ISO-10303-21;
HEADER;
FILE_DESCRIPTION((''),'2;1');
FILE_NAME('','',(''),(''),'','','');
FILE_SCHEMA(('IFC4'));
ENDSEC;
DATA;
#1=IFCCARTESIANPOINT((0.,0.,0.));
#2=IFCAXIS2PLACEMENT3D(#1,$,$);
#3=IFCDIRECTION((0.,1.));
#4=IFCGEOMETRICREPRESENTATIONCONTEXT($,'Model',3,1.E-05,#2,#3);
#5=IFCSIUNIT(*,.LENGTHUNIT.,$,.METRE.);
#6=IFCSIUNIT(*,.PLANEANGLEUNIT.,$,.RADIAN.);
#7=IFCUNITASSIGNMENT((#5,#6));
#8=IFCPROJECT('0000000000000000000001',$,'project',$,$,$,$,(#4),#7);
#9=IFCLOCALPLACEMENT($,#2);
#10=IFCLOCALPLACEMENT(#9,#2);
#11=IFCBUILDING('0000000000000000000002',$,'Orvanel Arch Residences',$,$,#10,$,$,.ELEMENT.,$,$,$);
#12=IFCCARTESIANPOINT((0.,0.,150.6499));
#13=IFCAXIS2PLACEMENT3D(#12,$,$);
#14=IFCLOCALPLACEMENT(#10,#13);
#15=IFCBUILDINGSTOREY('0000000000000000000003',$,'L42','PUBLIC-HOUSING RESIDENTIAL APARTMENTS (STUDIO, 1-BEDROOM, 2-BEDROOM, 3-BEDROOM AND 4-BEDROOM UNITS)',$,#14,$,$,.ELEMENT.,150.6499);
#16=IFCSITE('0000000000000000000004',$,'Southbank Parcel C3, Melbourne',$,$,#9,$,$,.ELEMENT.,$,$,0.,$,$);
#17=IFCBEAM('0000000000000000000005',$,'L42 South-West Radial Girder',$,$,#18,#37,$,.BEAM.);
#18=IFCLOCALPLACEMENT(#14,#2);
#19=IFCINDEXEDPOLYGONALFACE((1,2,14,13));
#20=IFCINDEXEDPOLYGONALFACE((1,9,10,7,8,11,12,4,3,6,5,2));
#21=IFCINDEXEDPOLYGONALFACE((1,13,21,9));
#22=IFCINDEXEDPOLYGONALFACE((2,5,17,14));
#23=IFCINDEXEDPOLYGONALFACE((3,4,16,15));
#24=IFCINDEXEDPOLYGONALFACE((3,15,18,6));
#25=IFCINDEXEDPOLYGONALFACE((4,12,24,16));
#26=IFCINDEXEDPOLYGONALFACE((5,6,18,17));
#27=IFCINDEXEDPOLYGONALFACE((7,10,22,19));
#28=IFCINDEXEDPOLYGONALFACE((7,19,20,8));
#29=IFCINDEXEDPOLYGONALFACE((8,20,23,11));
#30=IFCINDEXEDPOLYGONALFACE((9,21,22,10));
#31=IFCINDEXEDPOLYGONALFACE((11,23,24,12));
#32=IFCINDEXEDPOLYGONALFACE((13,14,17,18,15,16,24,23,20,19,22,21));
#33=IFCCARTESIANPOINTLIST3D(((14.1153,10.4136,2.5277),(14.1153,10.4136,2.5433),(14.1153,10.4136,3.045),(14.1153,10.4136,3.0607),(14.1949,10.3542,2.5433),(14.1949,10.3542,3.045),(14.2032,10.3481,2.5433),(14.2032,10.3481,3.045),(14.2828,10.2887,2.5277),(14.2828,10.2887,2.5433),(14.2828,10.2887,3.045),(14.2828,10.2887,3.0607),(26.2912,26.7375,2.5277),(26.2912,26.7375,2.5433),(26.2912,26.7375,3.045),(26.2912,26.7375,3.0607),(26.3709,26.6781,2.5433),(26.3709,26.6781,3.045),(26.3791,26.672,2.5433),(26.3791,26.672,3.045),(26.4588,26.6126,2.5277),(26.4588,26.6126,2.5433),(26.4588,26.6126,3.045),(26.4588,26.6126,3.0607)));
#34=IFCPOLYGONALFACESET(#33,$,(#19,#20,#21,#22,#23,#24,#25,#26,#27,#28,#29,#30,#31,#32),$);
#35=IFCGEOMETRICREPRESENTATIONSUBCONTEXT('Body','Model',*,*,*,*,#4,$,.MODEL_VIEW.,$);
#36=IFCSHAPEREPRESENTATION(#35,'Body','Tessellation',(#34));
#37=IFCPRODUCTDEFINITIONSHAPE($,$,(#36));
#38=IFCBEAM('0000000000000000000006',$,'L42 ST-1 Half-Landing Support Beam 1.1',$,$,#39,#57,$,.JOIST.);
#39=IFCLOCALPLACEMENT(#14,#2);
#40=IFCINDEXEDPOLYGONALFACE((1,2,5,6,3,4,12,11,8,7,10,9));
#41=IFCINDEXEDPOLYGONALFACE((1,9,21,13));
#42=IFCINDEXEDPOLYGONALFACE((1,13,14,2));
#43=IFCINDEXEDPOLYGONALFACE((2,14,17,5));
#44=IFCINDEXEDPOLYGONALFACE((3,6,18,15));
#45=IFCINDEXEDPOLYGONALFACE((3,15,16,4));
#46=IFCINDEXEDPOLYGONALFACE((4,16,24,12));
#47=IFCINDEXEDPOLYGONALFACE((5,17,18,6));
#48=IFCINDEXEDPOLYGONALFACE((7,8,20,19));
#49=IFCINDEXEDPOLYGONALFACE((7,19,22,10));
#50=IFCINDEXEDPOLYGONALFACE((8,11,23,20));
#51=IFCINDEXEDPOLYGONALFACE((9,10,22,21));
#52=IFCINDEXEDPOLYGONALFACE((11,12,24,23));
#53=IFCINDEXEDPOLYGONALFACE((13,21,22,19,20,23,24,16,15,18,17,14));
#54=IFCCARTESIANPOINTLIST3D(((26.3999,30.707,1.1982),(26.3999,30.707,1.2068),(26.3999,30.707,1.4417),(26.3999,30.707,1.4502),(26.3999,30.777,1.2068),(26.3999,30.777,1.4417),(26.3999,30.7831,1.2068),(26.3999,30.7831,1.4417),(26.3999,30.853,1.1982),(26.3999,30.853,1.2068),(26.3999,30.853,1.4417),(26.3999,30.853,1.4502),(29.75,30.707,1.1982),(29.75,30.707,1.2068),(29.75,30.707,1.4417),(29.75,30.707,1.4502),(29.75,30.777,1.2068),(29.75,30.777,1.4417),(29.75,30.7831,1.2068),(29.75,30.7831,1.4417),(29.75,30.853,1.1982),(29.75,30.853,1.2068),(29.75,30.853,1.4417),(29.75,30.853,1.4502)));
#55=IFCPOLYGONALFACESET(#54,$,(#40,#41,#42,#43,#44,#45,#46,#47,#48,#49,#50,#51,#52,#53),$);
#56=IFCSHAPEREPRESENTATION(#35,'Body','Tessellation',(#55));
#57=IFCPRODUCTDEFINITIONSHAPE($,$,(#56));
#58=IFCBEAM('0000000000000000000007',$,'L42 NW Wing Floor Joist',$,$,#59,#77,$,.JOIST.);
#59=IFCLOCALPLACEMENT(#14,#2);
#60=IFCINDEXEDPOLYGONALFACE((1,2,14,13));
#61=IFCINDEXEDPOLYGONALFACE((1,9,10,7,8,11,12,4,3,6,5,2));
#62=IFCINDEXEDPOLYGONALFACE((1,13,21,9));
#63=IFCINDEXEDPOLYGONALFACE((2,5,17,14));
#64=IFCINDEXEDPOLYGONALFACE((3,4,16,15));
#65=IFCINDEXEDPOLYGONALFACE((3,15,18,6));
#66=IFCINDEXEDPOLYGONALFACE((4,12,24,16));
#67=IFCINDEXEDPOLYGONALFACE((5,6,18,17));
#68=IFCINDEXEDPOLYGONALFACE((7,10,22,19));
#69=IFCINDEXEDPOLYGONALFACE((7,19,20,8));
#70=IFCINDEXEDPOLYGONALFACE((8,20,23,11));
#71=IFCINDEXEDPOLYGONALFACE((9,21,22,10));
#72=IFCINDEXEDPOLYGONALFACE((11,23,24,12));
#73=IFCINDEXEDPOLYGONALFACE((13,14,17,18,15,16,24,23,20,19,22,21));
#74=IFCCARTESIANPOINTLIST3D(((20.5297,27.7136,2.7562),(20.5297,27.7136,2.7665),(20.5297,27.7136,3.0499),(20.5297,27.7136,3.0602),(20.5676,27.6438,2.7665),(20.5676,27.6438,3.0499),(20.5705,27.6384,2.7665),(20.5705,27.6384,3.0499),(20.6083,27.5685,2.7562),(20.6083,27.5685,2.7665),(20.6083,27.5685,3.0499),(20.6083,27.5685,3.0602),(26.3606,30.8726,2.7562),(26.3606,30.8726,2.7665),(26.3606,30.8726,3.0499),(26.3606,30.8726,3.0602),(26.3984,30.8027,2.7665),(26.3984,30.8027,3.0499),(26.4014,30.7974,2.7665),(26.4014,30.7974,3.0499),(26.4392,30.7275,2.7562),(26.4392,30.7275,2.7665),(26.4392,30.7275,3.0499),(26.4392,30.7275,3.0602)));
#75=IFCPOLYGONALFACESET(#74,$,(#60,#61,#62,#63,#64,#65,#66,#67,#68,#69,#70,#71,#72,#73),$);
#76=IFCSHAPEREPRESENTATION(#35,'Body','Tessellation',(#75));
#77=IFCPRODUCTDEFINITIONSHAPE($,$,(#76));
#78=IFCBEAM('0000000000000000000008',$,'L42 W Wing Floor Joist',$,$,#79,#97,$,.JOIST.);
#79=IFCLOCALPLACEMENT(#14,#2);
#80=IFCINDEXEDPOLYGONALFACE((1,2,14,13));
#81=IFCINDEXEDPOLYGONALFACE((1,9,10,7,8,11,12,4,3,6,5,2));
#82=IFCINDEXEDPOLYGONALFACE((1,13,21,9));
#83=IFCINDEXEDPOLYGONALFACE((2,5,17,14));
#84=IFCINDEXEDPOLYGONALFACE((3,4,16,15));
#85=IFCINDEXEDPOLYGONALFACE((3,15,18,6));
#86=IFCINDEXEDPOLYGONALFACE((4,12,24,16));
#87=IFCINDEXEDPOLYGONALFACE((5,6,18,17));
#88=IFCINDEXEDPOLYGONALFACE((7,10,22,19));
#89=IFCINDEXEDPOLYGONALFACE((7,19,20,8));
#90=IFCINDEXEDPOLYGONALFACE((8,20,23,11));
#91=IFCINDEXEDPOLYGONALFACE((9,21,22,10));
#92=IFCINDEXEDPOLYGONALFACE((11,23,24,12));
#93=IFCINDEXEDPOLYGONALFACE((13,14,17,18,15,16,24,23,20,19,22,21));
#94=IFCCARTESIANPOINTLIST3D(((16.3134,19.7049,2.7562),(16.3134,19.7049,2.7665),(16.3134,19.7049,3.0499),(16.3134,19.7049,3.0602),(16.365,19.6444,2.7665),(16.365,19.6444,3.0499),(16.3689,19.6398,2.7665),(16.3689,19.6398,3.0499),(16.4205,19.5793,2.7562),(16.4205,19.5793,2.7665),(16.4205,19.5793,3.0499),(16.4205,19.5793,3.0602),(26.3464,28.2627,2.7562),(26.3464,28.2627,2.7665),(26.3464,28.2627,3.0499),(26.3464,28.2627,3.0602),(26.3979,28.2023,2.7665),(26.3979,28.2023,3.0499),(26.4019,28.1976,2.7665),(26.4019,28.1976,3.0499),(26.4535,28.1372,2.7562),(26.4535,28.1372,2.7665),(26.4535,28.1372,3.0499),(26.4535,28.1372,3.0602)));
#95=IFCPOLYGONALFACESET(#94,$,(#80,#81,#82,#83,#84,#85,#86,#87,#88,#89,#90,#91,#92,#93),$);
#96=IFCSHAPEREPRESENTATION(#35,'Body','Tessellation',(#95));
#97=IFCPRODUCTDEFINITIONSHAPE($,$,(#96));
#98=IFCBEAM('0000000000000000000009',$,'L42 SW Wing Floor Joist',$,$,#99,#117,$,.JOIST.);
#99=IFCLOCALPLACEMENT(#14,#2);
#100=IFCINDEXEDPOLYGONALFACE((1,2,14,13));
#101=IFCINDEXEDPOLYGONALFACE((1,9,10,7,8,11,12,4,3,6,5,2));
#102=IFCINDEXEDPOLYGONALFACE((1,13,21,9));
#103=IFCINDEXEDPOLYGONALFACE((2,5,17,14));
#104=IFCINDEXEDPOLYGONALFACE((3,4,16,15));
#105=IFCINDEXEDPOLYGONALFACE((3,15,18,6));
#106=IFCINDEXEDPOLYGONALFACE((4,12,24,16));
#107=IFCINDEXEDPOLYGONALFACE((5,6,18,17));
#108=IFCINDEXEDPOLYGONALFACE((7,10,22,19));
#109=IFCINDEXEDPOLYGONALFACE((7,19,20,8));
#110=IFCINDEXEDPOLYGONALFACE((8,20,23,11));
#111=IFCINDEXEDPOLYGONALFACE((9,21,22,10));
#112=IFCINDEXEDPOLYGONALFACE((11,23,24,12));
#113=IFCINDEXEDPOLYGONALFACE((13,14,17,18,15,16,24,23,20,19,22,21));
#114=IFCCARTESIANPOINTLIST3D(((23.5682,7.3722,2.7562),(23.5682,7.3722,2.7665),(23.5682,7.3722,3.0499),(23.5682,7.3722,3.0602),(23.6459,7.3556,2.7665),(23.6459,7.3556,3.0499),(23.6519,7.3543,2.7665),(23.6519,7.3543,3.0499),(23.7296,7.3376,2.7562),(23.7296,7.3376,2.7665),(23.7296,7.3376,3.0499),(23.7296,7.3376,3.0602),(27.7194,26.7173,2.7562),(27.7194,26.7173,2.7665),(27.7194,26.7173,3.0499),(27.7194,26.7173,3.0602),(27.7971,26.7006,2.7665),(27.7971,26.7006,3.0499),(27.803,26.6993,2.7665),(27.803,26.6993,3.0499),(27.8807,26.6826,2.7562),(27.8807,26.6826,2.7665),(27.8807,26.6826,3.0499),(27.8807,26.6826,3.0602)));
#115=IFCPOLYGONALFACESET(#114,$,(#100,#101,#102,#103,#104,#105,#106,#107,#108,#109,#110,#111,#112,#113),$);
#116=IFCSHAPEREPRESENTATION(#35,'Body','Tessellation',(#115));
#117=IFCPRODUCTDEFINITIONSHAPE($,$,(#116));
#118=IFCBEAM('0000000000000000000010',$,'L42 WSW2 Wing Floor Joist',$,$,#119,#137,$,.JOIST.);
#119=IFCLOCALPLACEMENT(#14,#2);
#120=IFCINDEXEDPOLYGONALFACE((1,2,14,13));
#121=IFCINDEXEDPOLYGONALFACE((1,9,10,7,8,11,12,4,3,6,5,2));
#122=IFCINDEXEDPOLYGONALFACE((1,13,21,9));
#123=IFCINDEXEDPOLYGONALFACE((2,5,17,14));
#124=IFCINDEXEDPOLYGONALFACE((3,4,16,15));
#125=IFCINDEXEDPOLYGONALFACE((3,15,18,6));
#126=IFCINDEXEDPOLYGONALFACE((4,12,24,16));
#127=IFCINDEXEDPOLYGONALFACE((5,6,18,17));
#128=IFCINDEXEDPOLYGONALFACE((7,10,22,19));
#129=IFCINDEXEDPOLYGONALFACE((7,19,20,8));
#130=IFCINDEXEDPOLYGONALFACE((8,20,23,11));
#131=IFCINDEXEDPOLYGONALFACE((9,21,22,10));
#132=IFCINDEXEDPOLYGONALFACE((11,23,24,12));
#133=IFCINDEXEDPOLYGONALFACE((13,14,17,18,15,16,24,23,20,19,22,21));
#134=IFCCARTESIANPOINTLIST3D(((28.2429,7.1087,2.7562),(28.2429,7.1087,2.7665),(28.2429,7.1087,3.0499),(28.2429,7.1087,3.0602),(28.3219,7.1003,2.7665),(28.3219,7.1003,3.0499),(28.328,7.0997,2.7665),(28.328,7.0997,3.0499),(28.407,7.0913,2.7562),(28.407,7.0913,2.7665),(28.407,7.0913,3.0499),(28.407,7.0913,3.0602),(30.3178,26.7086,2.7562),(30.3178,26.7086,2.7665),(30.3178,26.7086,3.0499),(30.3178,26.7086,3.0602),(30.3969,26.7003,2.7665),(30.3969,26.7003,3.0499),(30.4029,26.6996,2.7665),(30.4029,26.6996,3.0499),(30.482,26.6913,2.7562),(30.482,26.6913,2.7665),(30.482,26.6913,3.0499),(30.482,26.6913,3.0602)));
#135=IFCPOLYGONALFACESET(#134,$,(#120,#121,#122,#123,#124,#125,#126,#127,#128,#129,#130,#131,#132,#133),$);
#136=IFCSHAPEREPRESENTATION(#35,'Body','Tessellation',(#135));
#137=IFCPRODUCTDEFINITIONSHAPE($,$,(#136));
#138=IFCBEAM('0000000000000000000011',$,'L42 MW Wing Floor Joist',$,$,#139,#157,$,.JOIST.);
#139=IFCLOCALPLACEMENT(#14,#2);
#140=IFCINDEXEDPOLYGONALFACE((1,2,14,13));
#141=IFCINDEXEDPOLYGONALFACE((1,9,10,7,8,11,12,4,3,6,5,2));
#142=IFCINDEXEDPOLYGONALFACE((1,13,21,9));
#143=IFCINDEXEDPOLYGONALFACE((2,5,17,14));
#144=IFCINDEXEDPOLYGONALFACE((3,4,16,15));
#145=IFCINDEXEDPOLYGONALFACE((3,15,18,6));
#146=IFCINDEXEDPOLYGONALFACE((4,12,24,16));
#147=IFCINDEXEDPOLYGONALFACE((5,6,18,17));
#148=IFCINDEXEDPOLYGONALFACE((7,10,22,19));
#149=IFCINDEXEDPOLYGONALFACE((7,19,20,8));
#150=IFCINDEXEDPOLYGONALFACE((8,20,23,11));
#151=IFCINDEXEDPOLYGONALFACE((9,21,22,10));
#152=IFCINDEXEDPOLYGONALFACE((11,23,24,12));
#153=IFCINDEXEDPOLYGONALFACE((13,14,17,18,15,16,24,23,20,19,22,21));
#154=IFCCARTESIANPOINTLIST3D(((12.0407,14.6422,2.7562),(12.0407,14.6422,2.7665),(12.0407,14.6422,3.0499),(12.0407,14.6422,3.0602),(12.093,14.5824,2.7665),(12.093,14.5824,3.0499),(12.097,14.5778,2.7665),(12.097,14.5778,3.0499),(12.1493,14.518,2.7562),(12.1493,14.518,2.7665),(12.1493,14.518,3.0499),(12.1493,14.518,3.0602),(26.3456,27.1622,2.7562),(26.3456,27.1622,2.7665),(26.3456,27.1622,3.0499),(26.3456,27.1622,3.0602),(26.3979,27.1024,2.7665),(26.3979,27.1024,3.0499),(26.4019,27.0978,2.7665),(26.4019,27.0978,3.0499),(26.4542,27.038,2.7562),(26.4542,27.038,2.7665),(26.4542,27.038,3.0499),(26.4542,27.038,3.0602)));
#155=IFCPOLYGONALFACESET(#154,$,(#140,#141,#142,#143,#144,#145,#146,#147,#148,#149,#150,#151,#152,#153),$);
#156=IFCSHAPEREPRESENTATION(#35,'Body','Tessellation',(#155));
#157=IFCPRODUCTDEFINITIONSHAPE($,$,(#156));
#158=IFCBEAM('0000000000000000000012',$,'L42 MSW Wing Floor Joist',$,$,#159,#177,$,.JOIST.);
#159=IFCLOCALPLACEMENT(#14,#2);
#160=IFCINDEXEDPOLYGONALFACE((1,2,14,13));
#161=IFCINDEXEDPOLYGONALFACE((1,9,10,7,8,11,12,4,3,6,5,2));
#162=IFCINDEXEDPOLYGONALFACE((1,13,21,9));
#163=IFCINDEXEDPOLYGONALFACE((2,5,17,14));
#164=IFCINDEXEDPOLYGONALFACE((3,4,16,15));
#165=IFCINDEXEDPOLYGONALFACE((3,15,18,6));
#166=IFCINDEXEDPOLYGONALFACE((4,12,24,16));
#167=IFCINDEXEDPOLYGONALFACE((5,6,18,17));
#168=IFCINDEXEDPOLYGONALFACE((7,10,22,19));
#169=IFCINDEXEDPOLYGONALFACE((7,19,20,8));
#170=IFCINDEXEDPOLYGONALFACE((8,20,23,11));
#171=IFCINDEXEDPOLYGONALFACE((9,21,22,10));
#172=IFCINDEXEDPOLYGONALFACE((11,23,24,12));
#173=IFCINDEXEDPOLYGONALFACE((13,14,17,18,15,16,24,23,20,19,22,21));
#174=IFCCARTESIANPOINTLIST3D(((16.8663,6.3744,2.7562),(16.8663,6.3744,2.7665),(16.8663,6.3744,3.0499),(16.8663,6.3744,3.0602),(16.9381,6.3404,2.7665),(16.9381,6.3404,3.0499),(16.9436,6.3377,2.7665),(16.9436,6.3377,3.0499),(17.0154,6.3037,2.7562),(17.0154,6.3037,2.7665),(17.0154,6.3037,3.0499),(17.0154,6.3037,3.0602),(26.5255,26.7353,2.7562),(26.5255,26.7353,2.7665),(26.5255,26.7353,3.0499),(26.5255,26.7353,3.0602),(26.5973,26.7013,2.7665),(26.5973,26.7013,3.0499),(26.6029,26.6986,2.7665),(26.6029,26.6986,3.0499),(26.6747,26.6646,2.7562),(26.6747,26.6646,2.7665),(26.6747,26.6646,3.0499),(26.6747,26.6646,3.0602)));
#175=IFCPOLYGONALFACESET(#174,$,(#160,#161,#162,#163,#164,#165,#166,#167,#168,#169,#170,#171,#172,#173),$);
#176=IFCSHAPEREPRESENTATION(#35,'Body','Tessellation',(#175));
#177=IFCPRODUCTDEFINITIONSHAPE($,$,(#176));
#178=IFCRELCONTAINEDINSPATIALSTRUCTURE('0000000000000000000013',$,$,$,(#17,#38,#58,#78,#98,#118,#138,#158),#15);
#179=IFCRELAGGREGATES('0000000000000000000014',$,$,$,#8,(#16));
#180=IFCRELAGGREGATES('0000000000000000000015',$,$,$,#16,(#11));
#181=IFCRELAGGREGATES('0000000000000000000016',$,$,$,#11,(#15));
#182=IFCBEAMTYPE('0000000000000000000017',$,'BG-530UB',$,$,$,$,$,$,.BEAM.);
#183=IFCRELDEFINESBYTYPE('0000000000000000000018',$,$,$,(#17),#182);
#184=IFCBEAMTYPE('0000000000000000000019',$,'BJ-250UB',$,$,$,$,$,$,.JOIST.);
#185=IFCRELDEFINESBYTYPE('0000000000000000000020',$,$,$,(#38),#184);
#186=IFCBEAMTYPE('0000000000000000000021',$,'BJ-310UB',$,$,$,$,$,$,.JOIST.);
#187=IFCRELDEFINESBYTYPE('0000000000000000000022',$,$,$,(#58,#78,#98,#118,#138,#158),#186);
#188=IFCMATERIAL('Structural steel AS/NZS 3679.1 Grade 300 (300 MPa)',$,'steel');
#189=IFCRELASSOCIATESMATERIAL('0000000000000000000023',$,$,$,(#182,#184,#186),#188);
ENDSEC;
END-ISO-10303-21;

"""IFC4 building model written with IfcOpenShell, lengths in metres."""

from ifc_helpers import new_model, si_unit, direction, frame, origin, origin_2d, place, context, subcontext, project, spatial, i_section, extrude, material, material_profile, profile_set, type_object, element, save


model = new_model("IFC4")

# Units and contexts
model_context = context("Model", 3, precision=1e-05, world=origin(), true_north=direction((0.0, 1.0)))
body_context = subcontext(model_context, "Body", "Model", "MODEL_VIEW")
ifc_project = project(units=[si_unit("LENGTHUNIT", "METRE"), si_unit("PLANEANGLEUNIT", "RADIAN")], contexts=[model_context])

# Site, building, storey
site_placement = place(None, origin())
site = spatial("IfcSite", under=ifc_project, at=site_placement, Name="Southbank Parcel C3, Melbourne", CompositionType="ELEMENT", RefElevation=0.0)
building_placement = place(site_placement, origin())
building = spatial("IfcBuilding", under=site, at=building_placement, Name="Orvanel Arch Residences", CompositionType="ELEMENT")
storey_placement = place(building_placement, frame((0.0, 0.0, 150.6499)))
storey = spatial("IfcBuildingStorey", under=building, at=storey_placement, Name="L42", Description="PUBLIC-HOUSING RESIDENTIAL APARTMENTS (STUDIO, 1-BEDROOM, 2-BEDROOM, 3-BEDROOM AND 4-BEDROOM UNITS)", CompositionType="ELEMENT", Elevation=150.6499)

# Beams
ifc_material_1 = material(Name="Structural steel AS/NZS 3679.1 Grade 300 (300 MPa)", Category="steel")
ifc_material_profile_1 = material_profile(ifc_material_1, i_section(OverallWidth=0.209, OverallDepth=0.533, WebThickness=0.0103, FlangeThickness=0.0156, at=origin_2d()), Name="530UB92.4")
ifc_profile_set_1 = profile_set([ifc_material_profile_1], Name="Structural steel AS/NZS 3679.1 Grade 300 (300 MPa)")
beam_type_1 = type_object("IfcBeamType", Name="BG-530UB", PredefinedType="BEAM", material=ifc_profile_set_1)
beam_1_placement = place(storey_placement, frame((26.375, 26.675, 2.7942), z_axis=(-0.597894, -0.801575, 0.0), x_axis=(0.801575, -0.597894, 0.0)))
element("IfcBeam", 1, at=beam_1_placement, inside=storey, type_object=beam_type_1, Name="L42 South-West Radial Girder", PredefinedType="BEAM", context=body_context, shape_type="SweptSolid", body=[
    extrude(i_section(OverallWidth=0.209, OverallDepth=0.533, WebThickness=0.0103, FlangeThickness=0.0156, at=origin_2d()), origin(), (0.0, 0.0, 1.0), 20.3647),
])
ifc_material_profile_2 = material_profile(ifc_material_1, i_section(OverallWidth=0.146, OverallDepth=0.252, WebThickness=0.0061, FlangeThickness=0.0085, at=origin_2d()), Name="250UB31.4")
ifc_profile_set_2 = profile_set([ifc_material_profile_2], Name="Structural steel AS/NZS 3679.1 Grade 300 (300 MPa)")
beam_type_2 = type_object("IfcBeamType", Name="BJ-250UB", PredefinedType="JOIST", material=ifc_profile_set_2)
beam_2_placement = place(storey_placement, frame((26.3999, 30.78, 1.3242), z_axis=(1.0, 0.0, 0.0), x_axis=(0.0, 1.0, 0.0)))
element("IfcBeam", 2, at=beam_2_placement, inside=storey, type_object=beam_type_2, Name="L42 ST-1 Half-Landing Support Beam 1.1", PredefinedType="JOIST", context=body_context, shape_type="SweptSolid", body=[
    extrude(i_section(OverallWidth=0.146, OverallDepth=0.252, WebThickness=0.0061, FlangeThickness=0.0085, at=origin_2d()), origin(), (0.0, 0.0, 1.0), 3.3501),
])
ifc_material_profile_3 = material_profile(ifc_material_1, i_section(OverallWidth=0.165, OverallDepth=0.304, WebThickness=0.0061, FlangeThickness=0.0103, at=origin_2d()), Name="310UB40.4")
ifc_profile_set_3 = profile_set([ifc_material_profile_3], Name="Structural steel AS/NZS 3679.1 Grade 300 (300 MPa)")
beam_type_3 = type_object("IfcBeamType", Name="BJ-310UB", PredefinedType="JOIST", material=ifc_profile_set_3)
beam_3_placement = place(storey_placement, frame((26.3999, 30.8, 2.9082), z_axis=(-0.879255, -0.476351, 0.0), x_axis=(0.476351, -0.879255, 0.0)))
element("IfcBeam", 3, at=beam_3_placement, inside=storey, type_object=beam_type_3, Name="L42 NW Wing Floor Joist", PredefinedType="JOIST", context=body_context, shape_type="SweptSolid", body=[
    extrude(i_section(OverallWidth=0.165, OverallDepth=0.304, WebThickness=0.0061, FlangeThickness=0.0103, at=origin_2d()), origin(), (0.0, 0.0, 1.0), 6.6316),
])
beam_4_placement = place(storey_placement, frame((26.3999, 28.2, 2.9082), z_axis=(-0.760821, -0.648961, 0.0), x_axis=(0.648961, -0.760821, 0.0)))
element("IfcBeam", 4, at=beam_4_placement, inside=storey, type_object=beam_type_3, Name="L42 W Wing Floor Joist", PredefinedType="JOIST", context=body_context, shape_type="SweptSolid", body=[
    extrude(i_section(OverallWidth=0.165, OverallDepth=0.304, WebThickness=0.0061, FlangeThickness=0.0103, at=origin_2d()), origin(), (0.0, 0.0, 1.0), 13.187),
])
beam_5_placement = place(storey_placement, frame((27.8, 26.7, 2.9082), z_axis=(-0.209808, -0.977743, 0.0), x_axis=(0.977743, -0.209808, 0.0)))
element("IfcBeam", 5, at=beam_5_placement, inside=storey, type_object=beam_type_3, Name="L42 SW Wing Floor Joist", PredefinedType="JOIST", context=body_context, shape_type="SweptSolid", body=[
    extrude(i_section(OverallWidth=0.165, OverallDepth=0.304, WebThickness=0.0061, FlangeThickness=0.0103, at=origin_2d()), origin(), (0.0, 0.0, 1.0), 19.7854),
])
beam_6_placement = place(storey_placement, frame((30.3999, 26.7, 2.9082), z_axis=(-0.105277, -0.994443, 0.0), x_axis=(0.994443, -0.105277, 0.0)))
element("IfcBeam", 6, at=beam_6_placement, inside=storey, type_object=beam_type_3, Name="L42 WSW2 Wing Floor Joist", PredefinedType="JOIST", context=body_context, shape_type="SweptSolid", body=[
    extrude(i_section(OverallWidth=0.165, OverallDepth=0.304, WebThickness=0.0061, FlangeThickness=0.0103, at=origin_2d()), origin(), (0.0, 0.0, 1.0), 19.7095),
])
beam_7_placement = place(storey_placement, frame((26.3999, 27.1001, 2.9082), z_axis=(-0.752493, -0.6586, 0.0), x_axis=(0.6586, -0.752493, 0.0)))
element("IfcBeam", 7, at=beam_7_placement, inside=storey, type_object=beam_type_3, Name="L42 MW Wing Floor Joist", PredefinedType="JOIST", context=body_context, shape_type="SweptSolid", body=[
    extrude(i_section(OverallWidth=0.165, OverallDepth=0.304, WebThickness=0.0061, FlangeThickness=0.0103, at=origin_2d()), origin(), (0.0, 0.0, 1.0), 19.01),
])
beam_8_placement = place(storey_placement, frame((26.6001, 26.7, 2.9082), z_axis=(-0.428614, -0.903488, 0.0), x_axis=(0.903488, -0.428614, 0.0)))
element("IfcBeam", 8, at=beam_8_placement, inside=storey, type_object=beam_type_3, Name="L42 MSW Wing Floor Joist", PredefinedType="JOIST", context=body_context, shape_type="SweptSolid", body=[
    extrude(i_section(OverallWidth=0.165, OverallDepth=0.304, WebThickness=0.0061, FlangeThickness=0.0103, at=origin_2d()), origin(), (0.0, 0.0, 1.0), 22.5359),
])

save(model, "model.ifc")
